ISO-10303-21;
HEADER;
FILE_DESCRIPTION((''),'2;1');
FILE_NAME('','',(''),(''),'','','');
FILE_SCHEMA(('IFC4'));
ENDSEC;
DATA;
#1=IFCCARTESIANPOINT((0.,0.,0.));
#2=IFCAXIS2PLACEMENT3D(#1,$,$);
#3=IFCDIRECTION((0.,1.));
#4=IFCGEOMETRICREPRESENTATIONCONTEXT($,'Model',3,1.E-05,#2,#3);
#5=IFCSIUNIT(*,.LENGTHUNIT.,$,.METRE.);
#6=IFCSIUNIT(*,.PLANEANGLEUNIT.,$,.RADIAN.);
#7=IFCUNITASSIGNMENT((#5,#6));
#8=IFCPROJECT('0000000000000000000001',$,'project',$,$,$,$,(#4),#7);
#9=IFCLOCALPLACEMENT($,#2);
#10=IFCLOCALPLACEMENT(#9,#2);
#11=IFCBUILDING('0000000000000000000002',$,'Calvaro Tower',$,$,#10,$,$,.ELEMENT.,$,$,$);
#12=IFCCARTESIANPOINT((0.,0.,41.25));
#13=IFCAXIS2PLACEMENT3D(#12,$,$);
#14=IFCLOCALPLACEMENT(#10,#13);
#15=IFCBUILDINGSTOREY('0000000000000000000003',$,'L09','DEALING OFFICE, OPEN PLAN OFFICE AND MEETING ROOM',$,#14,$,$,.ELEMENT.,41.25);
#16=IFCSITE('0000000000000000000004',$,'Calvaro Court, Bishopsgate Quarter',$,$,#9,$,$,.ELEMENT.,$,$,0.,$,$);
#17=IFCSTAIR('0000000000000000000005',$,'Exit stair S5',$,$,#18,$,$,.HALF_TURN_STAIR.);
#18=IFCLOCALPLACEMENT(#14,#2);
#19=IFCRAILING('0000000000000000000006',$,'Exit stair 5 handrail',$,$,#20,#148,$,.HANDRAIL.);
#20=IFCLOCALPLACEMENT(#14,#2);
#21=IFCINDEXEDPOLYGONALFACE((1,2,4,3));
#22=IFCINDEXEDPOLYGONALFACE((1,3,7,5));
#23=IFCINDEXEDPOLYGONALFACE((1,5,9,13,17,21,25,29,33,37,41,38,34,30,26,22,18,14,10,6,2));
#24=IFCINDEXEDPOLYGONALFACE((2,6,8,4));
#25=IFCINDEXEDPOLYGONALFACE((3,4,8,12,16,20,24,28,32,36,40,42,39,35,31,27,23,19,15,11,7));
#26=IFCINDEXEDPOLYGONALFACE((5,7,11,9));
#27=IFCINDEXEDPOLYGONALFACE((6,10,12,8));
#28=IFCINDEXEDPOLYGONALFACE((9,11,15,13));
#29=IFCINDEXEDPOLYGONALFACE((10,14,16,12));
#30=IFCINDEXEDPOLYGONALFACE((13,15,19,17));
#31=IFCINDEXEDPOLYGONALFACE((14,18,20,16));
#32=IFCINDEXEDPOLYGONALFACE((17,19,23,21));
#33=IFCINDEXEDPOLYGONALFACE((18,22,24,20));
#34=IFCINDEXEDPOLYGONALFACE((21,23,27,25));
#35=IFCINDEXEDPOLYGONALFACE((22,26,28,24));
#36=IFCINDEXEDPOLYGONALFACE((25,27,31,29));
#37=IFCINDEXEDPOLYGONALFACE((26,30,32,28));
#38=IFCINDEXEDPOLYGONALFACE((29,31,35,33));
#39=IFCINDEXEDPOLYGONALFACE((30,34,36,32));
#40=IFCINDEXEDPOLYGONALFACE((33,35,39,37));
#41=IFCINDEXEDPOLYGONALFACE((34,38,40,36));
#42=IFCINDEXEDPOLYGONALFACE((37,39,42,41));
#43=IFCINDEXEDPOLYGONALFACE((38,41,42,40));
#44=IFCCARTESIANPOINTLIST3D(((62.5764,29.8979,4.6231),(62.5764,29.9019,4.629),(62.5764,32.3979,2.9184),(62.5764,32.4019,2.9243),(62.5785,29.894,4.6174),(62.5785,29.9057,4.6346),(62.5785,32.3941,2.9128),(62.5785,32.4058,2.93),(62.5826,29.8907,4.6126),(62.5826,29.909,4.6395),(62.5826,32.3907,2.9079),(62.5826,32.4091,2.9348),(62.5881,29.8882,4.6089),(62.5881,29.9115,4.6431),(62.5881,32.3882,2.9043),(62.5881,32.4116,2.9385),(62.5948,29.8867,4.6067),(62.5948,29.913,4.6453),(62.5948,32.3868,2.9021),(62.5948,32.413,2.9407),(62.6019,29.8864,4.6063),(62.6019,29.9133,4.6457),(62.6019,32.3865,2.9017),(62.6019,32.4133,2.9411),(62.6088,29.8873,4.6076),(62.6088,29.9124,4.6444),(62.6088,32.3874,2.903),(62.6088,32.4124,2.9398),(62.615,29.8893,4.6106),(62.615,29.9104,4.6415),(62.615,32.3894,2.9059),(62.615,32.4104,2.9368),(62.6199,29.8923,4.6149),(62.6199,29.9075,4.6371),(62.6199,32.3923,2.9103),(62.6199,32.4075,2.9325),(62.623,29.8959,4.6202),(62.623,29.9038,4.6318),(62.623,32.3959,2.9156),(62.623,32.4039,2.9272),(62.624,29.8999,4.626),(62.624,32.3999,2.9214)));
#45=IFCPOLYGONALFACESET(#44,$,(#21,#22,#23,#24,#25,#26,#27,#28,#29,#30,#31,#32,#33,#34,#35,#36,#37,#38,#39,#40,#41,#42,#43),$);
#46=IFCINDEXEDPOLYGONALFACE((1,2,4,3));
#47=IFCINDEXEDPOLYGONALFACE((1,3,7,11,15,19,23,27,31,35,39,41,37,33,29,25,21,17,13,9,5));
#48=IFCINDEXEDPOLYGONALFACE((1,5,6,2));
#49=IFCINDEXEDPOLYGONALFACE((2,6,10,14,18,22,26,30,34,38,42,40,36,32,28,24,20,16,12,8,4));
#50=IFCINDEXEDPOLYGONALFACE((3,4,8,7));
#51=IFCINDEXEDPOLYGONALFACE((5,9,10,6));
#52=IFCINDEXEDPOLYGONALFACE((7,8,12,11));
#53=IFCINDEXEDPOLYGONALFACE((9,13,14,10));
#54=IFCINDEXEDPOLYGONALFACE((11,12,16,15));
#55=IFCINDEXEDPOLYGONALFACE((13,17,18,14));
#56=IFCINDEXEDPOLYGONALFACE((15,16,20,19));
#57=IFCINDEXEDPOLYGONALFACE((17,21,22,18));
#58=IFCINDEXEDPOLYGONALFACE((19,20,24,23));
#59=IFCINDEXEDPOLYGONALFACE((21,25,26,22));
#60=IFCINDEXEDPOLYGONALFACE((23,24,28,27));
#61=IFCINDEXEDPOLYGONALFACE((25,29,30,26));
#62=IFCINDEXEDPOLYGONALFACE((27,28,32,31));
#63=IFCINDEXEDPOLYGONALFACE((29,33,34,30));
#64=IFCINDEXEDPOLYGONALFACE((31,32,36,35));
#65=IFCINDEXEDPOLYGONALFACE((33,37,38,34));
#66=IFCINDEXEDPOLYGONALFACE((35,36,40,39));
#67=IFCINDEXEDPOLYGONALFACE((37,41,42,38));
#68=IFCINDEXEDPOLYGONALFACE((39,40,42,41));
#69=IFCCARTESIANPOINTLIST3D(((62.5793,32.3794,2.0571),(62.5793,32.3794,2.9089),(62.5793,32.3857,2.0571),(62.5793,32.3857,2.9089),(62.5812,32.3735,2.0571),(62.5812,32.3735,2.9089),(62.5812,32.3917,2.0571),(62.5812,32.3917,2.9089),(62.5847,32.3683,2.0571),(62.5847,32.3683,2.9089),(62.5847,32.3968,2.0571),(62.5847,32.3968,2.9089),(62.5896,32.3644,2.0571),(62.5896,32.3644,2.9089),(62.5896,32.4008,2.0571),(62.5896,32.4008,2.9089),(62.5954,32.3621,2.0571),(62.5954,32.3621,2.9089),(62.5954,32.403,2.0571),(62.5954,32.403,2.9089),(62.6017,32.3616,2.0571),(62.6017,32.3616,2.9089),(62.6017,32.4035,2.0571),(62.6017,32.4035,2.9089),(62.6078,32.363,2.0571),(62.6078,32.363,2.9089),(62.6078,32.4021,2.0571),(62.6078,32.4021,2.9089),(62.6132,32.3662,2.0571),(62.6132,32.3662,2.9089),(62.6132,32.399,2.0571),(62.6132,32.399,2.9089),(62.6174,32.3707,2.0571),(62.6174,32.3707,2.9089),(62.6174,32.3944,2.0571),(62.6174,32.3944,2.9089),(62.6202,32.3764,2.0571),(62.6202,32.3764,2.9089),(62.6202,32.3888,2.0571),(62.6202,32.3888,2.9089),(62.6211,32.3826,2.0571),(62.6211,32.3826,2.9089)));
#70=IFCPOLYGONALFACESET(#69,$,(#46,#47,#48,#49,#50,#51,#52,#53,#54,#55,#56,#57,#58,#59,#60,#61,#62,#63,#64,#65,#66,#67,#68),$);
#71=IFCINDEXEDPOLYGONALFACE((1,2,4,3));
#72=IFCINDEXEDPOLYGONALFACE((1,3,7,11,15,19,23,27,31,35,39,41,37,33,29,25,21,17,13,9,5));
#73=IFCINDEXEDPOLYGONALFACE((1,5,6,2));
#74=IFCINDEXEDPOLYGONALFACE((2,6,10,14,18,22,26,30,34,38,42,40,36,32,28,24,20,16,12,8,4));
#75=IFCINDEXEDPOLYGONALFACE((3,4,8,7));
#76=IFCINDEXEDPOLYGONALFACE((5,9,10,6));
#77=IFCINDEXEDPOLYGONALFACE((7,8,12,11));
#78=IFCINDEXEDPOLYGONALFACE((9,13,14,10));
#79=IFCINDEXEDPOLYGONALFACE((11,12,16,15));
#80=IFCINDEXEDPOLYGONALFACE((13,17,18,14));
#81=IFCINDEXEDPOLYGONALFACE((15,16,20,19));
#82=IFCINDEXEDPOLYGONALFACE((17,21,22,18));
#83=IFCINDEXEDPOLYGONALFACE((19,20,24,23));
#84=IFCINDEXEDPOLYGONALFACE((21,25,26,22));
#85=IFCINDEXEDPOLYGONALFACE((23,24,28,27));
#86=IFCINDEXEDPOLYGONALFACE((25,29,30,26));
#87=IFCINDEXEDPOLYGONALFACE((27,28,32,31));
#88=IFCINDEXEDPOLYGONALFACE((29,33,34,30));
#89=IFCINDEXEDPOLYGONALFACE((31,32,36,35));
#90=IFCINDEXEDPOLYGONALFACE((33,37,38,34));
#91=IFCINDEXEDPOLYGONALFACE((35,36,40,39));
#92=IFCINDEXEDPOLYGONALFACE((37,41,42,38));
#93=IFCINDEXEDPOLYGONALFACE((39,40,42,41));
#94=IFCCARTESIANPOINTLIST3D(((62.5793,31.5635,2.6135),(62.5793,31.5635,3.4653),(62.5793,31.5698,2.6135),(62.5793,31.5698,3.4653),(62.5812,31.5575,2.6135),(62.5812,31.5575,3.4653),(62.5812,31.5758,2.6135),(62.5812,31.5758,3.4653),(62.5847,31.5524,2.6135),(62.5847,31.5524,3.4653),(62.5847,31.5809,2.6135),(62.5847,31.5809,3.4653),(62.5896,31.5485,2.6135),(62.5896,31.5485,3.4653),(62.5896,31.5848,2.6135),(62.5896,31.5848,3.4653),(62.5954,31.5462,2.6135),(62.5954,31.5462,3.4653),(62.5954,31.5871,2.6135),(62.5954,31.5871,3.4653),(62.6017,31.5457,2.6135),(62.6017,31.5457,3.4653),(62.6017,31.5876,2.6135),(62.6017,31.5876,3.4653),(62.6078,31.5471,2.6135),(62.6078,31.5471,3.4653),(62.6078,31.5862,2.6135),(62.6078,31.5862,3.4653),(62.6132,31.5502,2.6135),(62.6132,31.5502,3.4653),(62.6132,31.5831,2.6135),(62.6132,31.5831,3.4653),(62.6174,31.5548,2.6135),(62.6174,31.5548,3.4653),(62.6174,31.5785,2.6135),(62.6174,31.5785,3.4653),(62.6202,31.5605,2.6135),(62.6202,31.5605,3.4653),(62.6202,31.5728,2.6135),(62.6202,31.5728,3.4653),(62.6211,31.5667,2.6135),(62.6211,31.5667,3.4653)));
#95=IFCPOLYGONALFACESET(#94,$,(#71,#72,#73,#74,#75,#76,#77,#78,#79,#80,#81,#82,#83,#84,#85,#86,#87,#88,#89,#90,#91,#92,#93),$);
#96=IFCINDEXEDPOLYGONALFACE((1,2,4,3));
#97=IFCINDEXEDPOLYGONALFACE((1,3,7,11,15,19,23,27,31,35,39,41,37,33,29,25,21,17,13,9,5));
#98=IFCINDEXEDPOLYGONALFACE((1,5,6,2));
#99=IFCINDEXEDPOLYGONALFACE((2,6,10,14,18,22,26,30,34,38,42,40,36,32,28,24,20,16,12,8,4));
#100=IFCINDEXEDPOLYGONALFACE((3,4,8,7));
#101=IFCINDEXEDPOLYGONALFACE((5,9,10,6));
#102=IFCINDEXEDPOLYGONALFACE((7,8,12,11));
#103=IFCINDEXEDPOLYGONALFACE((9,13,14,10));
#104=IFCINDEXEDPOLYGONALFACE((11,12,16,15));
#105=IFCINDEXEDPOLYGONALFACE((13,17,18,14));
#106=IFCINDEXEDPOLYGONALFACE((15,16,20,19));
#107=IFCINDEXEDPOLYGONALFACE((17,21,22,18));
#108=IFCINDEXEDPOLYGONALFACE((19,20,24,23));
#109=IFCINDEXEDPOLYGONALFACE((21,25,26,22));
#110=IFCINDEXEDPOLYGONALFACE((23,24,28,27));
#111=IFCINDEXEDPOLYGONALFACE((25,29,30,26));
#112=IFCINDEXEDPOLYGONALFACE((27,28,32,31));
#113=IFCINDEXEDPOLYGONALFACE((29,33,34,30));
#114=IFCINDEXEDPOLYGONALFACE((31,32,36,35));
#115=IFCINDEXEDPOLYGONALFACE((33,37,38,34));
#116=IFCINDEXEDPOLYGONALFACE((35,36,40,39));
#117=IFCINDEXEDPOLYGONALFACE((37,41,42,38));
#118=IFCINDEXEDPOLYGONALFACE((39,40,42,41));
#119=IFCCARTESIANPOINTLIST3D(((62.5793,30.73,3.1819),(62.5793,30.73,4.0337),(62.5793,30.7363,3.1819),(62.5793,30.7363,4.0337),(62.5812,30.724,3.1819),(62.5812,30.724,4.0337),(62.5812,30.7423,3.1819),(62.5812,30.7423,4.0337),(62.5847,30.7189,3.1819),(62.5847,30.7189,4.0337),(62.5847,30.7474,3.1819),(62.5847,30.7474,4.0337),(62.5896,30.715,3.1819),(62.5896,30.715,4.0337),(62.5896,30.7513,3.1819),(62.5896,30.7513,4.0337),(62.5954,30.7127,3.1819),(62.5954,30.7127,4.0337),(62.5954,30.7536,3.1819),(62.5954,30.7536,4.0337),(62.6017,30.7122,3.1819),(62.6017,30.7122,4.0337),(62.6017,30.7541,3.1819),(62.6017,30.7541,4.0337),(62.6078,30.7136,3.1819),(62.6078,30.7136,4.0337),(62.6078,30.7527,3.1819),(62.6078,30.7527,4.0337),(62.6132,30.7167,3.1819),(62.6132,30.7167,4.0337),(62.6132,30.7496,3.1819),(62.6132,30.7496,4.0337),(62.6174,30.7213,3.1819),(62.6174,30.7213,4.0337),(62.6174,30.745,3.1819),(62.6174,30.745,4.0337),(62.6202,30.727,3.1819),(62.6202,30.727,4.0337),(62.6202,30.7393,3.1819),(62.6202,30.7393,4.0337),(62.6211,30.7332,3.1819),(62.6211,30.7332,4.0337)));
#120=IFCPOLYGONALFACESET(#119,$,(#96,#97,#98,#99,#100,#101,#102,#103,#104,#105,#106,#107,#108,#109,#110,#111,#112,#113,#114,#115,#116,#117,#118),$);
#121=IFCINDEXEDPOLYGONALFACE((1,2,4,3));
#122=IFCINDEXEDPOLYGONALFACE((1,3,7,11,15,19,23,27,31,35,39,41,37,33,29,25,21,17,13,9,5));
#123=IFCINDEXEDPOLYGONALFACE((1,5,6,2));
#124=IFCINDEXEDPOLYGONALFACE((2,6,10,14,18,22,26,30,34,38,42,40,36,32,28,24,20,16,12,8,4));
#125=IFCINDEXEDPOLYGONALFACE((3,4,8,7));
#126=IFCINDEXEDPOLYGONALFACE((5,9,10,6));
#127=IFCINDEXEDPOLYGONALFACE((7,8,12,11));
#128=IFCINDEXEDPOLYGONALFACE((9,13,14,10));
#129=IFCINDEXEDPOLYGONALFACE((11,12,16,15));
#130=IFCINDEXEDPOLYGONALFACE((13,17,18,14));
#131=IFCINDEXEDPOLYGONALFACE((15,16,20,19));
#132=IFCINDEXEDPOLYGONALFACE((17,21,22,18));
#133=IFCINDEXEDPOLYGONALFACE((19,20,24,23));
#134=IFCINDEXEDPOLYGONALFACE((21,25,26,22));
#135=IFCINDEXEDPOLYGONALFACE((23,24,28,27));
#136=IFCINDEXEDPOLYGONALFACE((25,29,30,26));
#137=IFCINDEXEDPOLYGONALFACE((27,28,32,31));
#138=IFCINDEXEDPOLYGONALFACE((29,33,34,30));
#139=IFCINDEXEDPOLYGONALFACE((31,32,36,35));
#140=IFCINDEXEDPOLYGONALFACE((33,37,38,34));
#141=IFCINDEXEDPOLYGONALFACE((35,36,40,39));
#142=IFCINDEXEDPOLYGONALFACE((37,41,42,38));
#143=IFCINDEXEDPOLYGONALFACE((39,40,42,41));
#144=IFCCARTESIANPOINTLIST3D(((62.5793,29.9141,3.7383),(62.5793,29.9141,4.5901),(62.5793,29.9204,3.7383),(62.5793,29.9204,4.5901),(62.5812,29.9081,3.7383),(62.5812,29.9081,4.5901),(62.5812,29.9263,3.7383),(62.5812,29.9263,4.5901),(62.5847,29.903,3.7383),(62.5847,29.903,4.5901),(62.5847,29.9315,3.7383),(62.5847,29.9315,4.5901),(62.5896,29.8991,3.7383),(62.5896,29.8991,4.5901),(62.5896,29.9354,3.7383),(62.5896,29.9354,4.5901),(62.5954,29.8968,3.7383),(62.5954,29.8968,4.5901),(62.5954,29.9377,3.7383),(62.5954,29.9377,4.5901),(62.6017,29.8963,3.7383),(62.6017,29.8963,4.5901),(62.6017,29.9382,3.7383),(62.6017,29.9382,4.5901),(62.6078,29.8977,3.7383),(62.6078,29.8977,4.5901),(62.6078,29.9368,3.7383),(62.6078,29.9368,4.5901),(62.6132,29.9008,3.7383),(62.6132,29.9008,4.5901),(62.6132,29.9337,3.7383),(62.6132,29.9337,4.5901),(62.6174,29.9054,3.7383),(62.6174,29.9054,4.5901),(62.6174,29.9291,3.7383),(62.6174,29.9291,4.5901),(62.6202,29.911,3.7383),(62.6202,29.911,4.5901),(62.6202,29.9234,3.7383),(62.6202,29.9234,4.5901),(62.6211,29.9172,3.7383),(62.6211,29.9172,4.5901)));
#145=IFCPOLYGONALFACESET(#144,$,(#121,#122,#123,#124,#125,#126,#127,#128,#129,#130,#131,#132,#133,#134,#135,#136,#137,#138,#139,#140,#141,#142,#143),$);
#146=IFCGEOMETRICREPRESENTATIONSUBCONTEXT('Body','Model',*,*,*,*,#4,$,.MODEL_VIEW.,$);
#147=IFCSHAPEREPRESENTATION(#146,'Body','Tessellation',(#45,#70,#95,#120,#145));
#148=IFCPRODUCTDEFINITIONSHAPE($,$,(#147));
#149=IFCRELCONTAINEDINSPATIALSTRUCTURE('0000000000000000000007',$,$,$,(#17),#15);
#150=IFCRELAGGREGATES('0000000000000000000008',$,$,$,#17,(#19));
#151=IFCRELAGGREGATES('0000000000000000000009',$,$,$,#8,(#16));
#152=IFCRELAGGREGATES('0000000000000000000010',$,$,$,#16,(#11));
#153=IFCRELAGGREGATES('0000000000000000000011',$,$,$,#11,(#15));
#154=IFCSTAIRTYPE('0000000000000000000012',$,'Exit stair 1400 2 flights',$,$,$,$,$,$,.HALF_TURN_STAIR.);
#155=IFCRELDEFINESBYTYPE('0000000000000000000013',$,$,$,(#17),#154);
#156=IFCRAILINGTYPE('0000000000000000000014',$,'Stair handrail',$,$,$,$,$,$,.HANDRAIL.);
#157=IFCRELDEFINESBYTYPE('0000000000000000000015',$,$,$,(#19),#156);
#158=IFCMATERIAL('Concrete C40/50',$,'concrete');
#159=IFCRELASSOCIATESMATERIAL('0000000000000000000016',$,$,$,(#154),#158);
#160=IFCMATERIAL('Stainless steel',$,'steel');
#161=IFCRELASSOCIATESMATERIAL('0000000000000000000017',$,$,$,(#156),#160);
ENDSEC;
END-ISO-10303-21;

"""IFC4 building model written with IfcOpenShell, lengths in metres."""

from ifc_helpers import new_model, si_unit, direction, frame, origin, origin_2d, place, context, subcontext, project, spatial, circle, extrude, material, type_object, element, aggregate, save


model = new_model("IFC4")

# Units and contexts
model_context = context("Model", 3, precision=1e-05, world=origin(), true_north=direction((0.0, 1.0)))
body_context = subcontext(model_context, "Body", "Model", "MODEL_VIEW")
ifc_project = project(units=[si_unit("LENGTHUNIT", "METRE"), si_unit("PLANEANGLEUNIT", "RADIAN")], contexts=[model_context])

# Site, building, storey
site_placement = place(None, origin())
site = spatial("IfcSite", under=ifc_project, at=site_placement, Name="Calvaro Court, Bishopsgate Quarter", CompositionType="ELEMENT", RefElevation=0.0)
building_placement = place(site_placement, origin())
building = spatial("IfcBuilding", under=site, at=building_placement, Name="Calvaro Tower", CompositionType="ELEMENT")
storey_placement = place(building_placement, frame((0.0, 0.0, 41.25)))
storey = spatial("IfcBuildingStorey", under=building, at=storey_placement, Name="L09", Description="DEALING OFFICE, OPEN PLAN OFFICE AND MEETING ROOM", CompositionType="ELEMENT", Elevation=41.25)

# Stair
ifc_material_1 = material(Name="Concrete C40/50", Category="concrete")
stair_type = type_object("IfcStairType", Name="Exit stair 1400 2 flights", PredefinedType="HALF_TURN_STAIR", material=ifc_material_1)
stair_1_placement = place(storey_placement, origin())
stair_1 = element("IfcStair", 1, at=stair_1_placement, inside=storey, type_object=stair_type, Name="Exit stair S5", PredefinedType="HALF_TURN_STAIR")

# Shared definitions
ifc_material_2 = material(Name="Stainless steel", Category="steel")
railing_type = type_object("IfcRailingType", Name="Stair handrail", PredefinedType="HANDRAIL", material=ifc_material_2)

# Railing
railing_1_placement = place(storey_placement, frame((62.6001, 32.3999, 2.0454)))
railing_1 = element("IfcRailing", 2, at=railing_1_placement, type_object=railing_type, Name="Exit stair 5 handrail", PredefinedType="HANDRAIL", context=body_context, shape_type="SweptSolid", body=[
    extrude(circle(Radius=0.0239, at=origin_2d()), frame((0.0, 0.0, 0.876), z_axis=(0.0, -0.826221, 0.563347), x_axis=(1.0, 0.0, 0.0)), (0.0, 0.0, 1.0), 3.0259),
    extrude(circle(Radius=0.021, at=origin_2d()), frame((0.0, -0.0173, 0.0117)), (0.0, 0.0, 1.0), 0.8518),
    extrude(circle(Radius=0.021, at=origin_2d()), frame((0.0, -0.8333, 0.5681)), (0.0, 0.0, 1.0), 0.8518),
    extrude(circle(Radius=0.021, at=origin_2d()), frame((0.0, -1.6667, 1.1365)), (0.0, 0.0, 1.0), 0.8518),
    extrude(circle(Radius=0.021, at=origin_2d()), frame((0.0, -2.4827, 1.6929)), (0.0, 0.0, 1.0), 0.8518),
])
aggregate(stair_1, [railing_1])

save(model, "model.ifc")
